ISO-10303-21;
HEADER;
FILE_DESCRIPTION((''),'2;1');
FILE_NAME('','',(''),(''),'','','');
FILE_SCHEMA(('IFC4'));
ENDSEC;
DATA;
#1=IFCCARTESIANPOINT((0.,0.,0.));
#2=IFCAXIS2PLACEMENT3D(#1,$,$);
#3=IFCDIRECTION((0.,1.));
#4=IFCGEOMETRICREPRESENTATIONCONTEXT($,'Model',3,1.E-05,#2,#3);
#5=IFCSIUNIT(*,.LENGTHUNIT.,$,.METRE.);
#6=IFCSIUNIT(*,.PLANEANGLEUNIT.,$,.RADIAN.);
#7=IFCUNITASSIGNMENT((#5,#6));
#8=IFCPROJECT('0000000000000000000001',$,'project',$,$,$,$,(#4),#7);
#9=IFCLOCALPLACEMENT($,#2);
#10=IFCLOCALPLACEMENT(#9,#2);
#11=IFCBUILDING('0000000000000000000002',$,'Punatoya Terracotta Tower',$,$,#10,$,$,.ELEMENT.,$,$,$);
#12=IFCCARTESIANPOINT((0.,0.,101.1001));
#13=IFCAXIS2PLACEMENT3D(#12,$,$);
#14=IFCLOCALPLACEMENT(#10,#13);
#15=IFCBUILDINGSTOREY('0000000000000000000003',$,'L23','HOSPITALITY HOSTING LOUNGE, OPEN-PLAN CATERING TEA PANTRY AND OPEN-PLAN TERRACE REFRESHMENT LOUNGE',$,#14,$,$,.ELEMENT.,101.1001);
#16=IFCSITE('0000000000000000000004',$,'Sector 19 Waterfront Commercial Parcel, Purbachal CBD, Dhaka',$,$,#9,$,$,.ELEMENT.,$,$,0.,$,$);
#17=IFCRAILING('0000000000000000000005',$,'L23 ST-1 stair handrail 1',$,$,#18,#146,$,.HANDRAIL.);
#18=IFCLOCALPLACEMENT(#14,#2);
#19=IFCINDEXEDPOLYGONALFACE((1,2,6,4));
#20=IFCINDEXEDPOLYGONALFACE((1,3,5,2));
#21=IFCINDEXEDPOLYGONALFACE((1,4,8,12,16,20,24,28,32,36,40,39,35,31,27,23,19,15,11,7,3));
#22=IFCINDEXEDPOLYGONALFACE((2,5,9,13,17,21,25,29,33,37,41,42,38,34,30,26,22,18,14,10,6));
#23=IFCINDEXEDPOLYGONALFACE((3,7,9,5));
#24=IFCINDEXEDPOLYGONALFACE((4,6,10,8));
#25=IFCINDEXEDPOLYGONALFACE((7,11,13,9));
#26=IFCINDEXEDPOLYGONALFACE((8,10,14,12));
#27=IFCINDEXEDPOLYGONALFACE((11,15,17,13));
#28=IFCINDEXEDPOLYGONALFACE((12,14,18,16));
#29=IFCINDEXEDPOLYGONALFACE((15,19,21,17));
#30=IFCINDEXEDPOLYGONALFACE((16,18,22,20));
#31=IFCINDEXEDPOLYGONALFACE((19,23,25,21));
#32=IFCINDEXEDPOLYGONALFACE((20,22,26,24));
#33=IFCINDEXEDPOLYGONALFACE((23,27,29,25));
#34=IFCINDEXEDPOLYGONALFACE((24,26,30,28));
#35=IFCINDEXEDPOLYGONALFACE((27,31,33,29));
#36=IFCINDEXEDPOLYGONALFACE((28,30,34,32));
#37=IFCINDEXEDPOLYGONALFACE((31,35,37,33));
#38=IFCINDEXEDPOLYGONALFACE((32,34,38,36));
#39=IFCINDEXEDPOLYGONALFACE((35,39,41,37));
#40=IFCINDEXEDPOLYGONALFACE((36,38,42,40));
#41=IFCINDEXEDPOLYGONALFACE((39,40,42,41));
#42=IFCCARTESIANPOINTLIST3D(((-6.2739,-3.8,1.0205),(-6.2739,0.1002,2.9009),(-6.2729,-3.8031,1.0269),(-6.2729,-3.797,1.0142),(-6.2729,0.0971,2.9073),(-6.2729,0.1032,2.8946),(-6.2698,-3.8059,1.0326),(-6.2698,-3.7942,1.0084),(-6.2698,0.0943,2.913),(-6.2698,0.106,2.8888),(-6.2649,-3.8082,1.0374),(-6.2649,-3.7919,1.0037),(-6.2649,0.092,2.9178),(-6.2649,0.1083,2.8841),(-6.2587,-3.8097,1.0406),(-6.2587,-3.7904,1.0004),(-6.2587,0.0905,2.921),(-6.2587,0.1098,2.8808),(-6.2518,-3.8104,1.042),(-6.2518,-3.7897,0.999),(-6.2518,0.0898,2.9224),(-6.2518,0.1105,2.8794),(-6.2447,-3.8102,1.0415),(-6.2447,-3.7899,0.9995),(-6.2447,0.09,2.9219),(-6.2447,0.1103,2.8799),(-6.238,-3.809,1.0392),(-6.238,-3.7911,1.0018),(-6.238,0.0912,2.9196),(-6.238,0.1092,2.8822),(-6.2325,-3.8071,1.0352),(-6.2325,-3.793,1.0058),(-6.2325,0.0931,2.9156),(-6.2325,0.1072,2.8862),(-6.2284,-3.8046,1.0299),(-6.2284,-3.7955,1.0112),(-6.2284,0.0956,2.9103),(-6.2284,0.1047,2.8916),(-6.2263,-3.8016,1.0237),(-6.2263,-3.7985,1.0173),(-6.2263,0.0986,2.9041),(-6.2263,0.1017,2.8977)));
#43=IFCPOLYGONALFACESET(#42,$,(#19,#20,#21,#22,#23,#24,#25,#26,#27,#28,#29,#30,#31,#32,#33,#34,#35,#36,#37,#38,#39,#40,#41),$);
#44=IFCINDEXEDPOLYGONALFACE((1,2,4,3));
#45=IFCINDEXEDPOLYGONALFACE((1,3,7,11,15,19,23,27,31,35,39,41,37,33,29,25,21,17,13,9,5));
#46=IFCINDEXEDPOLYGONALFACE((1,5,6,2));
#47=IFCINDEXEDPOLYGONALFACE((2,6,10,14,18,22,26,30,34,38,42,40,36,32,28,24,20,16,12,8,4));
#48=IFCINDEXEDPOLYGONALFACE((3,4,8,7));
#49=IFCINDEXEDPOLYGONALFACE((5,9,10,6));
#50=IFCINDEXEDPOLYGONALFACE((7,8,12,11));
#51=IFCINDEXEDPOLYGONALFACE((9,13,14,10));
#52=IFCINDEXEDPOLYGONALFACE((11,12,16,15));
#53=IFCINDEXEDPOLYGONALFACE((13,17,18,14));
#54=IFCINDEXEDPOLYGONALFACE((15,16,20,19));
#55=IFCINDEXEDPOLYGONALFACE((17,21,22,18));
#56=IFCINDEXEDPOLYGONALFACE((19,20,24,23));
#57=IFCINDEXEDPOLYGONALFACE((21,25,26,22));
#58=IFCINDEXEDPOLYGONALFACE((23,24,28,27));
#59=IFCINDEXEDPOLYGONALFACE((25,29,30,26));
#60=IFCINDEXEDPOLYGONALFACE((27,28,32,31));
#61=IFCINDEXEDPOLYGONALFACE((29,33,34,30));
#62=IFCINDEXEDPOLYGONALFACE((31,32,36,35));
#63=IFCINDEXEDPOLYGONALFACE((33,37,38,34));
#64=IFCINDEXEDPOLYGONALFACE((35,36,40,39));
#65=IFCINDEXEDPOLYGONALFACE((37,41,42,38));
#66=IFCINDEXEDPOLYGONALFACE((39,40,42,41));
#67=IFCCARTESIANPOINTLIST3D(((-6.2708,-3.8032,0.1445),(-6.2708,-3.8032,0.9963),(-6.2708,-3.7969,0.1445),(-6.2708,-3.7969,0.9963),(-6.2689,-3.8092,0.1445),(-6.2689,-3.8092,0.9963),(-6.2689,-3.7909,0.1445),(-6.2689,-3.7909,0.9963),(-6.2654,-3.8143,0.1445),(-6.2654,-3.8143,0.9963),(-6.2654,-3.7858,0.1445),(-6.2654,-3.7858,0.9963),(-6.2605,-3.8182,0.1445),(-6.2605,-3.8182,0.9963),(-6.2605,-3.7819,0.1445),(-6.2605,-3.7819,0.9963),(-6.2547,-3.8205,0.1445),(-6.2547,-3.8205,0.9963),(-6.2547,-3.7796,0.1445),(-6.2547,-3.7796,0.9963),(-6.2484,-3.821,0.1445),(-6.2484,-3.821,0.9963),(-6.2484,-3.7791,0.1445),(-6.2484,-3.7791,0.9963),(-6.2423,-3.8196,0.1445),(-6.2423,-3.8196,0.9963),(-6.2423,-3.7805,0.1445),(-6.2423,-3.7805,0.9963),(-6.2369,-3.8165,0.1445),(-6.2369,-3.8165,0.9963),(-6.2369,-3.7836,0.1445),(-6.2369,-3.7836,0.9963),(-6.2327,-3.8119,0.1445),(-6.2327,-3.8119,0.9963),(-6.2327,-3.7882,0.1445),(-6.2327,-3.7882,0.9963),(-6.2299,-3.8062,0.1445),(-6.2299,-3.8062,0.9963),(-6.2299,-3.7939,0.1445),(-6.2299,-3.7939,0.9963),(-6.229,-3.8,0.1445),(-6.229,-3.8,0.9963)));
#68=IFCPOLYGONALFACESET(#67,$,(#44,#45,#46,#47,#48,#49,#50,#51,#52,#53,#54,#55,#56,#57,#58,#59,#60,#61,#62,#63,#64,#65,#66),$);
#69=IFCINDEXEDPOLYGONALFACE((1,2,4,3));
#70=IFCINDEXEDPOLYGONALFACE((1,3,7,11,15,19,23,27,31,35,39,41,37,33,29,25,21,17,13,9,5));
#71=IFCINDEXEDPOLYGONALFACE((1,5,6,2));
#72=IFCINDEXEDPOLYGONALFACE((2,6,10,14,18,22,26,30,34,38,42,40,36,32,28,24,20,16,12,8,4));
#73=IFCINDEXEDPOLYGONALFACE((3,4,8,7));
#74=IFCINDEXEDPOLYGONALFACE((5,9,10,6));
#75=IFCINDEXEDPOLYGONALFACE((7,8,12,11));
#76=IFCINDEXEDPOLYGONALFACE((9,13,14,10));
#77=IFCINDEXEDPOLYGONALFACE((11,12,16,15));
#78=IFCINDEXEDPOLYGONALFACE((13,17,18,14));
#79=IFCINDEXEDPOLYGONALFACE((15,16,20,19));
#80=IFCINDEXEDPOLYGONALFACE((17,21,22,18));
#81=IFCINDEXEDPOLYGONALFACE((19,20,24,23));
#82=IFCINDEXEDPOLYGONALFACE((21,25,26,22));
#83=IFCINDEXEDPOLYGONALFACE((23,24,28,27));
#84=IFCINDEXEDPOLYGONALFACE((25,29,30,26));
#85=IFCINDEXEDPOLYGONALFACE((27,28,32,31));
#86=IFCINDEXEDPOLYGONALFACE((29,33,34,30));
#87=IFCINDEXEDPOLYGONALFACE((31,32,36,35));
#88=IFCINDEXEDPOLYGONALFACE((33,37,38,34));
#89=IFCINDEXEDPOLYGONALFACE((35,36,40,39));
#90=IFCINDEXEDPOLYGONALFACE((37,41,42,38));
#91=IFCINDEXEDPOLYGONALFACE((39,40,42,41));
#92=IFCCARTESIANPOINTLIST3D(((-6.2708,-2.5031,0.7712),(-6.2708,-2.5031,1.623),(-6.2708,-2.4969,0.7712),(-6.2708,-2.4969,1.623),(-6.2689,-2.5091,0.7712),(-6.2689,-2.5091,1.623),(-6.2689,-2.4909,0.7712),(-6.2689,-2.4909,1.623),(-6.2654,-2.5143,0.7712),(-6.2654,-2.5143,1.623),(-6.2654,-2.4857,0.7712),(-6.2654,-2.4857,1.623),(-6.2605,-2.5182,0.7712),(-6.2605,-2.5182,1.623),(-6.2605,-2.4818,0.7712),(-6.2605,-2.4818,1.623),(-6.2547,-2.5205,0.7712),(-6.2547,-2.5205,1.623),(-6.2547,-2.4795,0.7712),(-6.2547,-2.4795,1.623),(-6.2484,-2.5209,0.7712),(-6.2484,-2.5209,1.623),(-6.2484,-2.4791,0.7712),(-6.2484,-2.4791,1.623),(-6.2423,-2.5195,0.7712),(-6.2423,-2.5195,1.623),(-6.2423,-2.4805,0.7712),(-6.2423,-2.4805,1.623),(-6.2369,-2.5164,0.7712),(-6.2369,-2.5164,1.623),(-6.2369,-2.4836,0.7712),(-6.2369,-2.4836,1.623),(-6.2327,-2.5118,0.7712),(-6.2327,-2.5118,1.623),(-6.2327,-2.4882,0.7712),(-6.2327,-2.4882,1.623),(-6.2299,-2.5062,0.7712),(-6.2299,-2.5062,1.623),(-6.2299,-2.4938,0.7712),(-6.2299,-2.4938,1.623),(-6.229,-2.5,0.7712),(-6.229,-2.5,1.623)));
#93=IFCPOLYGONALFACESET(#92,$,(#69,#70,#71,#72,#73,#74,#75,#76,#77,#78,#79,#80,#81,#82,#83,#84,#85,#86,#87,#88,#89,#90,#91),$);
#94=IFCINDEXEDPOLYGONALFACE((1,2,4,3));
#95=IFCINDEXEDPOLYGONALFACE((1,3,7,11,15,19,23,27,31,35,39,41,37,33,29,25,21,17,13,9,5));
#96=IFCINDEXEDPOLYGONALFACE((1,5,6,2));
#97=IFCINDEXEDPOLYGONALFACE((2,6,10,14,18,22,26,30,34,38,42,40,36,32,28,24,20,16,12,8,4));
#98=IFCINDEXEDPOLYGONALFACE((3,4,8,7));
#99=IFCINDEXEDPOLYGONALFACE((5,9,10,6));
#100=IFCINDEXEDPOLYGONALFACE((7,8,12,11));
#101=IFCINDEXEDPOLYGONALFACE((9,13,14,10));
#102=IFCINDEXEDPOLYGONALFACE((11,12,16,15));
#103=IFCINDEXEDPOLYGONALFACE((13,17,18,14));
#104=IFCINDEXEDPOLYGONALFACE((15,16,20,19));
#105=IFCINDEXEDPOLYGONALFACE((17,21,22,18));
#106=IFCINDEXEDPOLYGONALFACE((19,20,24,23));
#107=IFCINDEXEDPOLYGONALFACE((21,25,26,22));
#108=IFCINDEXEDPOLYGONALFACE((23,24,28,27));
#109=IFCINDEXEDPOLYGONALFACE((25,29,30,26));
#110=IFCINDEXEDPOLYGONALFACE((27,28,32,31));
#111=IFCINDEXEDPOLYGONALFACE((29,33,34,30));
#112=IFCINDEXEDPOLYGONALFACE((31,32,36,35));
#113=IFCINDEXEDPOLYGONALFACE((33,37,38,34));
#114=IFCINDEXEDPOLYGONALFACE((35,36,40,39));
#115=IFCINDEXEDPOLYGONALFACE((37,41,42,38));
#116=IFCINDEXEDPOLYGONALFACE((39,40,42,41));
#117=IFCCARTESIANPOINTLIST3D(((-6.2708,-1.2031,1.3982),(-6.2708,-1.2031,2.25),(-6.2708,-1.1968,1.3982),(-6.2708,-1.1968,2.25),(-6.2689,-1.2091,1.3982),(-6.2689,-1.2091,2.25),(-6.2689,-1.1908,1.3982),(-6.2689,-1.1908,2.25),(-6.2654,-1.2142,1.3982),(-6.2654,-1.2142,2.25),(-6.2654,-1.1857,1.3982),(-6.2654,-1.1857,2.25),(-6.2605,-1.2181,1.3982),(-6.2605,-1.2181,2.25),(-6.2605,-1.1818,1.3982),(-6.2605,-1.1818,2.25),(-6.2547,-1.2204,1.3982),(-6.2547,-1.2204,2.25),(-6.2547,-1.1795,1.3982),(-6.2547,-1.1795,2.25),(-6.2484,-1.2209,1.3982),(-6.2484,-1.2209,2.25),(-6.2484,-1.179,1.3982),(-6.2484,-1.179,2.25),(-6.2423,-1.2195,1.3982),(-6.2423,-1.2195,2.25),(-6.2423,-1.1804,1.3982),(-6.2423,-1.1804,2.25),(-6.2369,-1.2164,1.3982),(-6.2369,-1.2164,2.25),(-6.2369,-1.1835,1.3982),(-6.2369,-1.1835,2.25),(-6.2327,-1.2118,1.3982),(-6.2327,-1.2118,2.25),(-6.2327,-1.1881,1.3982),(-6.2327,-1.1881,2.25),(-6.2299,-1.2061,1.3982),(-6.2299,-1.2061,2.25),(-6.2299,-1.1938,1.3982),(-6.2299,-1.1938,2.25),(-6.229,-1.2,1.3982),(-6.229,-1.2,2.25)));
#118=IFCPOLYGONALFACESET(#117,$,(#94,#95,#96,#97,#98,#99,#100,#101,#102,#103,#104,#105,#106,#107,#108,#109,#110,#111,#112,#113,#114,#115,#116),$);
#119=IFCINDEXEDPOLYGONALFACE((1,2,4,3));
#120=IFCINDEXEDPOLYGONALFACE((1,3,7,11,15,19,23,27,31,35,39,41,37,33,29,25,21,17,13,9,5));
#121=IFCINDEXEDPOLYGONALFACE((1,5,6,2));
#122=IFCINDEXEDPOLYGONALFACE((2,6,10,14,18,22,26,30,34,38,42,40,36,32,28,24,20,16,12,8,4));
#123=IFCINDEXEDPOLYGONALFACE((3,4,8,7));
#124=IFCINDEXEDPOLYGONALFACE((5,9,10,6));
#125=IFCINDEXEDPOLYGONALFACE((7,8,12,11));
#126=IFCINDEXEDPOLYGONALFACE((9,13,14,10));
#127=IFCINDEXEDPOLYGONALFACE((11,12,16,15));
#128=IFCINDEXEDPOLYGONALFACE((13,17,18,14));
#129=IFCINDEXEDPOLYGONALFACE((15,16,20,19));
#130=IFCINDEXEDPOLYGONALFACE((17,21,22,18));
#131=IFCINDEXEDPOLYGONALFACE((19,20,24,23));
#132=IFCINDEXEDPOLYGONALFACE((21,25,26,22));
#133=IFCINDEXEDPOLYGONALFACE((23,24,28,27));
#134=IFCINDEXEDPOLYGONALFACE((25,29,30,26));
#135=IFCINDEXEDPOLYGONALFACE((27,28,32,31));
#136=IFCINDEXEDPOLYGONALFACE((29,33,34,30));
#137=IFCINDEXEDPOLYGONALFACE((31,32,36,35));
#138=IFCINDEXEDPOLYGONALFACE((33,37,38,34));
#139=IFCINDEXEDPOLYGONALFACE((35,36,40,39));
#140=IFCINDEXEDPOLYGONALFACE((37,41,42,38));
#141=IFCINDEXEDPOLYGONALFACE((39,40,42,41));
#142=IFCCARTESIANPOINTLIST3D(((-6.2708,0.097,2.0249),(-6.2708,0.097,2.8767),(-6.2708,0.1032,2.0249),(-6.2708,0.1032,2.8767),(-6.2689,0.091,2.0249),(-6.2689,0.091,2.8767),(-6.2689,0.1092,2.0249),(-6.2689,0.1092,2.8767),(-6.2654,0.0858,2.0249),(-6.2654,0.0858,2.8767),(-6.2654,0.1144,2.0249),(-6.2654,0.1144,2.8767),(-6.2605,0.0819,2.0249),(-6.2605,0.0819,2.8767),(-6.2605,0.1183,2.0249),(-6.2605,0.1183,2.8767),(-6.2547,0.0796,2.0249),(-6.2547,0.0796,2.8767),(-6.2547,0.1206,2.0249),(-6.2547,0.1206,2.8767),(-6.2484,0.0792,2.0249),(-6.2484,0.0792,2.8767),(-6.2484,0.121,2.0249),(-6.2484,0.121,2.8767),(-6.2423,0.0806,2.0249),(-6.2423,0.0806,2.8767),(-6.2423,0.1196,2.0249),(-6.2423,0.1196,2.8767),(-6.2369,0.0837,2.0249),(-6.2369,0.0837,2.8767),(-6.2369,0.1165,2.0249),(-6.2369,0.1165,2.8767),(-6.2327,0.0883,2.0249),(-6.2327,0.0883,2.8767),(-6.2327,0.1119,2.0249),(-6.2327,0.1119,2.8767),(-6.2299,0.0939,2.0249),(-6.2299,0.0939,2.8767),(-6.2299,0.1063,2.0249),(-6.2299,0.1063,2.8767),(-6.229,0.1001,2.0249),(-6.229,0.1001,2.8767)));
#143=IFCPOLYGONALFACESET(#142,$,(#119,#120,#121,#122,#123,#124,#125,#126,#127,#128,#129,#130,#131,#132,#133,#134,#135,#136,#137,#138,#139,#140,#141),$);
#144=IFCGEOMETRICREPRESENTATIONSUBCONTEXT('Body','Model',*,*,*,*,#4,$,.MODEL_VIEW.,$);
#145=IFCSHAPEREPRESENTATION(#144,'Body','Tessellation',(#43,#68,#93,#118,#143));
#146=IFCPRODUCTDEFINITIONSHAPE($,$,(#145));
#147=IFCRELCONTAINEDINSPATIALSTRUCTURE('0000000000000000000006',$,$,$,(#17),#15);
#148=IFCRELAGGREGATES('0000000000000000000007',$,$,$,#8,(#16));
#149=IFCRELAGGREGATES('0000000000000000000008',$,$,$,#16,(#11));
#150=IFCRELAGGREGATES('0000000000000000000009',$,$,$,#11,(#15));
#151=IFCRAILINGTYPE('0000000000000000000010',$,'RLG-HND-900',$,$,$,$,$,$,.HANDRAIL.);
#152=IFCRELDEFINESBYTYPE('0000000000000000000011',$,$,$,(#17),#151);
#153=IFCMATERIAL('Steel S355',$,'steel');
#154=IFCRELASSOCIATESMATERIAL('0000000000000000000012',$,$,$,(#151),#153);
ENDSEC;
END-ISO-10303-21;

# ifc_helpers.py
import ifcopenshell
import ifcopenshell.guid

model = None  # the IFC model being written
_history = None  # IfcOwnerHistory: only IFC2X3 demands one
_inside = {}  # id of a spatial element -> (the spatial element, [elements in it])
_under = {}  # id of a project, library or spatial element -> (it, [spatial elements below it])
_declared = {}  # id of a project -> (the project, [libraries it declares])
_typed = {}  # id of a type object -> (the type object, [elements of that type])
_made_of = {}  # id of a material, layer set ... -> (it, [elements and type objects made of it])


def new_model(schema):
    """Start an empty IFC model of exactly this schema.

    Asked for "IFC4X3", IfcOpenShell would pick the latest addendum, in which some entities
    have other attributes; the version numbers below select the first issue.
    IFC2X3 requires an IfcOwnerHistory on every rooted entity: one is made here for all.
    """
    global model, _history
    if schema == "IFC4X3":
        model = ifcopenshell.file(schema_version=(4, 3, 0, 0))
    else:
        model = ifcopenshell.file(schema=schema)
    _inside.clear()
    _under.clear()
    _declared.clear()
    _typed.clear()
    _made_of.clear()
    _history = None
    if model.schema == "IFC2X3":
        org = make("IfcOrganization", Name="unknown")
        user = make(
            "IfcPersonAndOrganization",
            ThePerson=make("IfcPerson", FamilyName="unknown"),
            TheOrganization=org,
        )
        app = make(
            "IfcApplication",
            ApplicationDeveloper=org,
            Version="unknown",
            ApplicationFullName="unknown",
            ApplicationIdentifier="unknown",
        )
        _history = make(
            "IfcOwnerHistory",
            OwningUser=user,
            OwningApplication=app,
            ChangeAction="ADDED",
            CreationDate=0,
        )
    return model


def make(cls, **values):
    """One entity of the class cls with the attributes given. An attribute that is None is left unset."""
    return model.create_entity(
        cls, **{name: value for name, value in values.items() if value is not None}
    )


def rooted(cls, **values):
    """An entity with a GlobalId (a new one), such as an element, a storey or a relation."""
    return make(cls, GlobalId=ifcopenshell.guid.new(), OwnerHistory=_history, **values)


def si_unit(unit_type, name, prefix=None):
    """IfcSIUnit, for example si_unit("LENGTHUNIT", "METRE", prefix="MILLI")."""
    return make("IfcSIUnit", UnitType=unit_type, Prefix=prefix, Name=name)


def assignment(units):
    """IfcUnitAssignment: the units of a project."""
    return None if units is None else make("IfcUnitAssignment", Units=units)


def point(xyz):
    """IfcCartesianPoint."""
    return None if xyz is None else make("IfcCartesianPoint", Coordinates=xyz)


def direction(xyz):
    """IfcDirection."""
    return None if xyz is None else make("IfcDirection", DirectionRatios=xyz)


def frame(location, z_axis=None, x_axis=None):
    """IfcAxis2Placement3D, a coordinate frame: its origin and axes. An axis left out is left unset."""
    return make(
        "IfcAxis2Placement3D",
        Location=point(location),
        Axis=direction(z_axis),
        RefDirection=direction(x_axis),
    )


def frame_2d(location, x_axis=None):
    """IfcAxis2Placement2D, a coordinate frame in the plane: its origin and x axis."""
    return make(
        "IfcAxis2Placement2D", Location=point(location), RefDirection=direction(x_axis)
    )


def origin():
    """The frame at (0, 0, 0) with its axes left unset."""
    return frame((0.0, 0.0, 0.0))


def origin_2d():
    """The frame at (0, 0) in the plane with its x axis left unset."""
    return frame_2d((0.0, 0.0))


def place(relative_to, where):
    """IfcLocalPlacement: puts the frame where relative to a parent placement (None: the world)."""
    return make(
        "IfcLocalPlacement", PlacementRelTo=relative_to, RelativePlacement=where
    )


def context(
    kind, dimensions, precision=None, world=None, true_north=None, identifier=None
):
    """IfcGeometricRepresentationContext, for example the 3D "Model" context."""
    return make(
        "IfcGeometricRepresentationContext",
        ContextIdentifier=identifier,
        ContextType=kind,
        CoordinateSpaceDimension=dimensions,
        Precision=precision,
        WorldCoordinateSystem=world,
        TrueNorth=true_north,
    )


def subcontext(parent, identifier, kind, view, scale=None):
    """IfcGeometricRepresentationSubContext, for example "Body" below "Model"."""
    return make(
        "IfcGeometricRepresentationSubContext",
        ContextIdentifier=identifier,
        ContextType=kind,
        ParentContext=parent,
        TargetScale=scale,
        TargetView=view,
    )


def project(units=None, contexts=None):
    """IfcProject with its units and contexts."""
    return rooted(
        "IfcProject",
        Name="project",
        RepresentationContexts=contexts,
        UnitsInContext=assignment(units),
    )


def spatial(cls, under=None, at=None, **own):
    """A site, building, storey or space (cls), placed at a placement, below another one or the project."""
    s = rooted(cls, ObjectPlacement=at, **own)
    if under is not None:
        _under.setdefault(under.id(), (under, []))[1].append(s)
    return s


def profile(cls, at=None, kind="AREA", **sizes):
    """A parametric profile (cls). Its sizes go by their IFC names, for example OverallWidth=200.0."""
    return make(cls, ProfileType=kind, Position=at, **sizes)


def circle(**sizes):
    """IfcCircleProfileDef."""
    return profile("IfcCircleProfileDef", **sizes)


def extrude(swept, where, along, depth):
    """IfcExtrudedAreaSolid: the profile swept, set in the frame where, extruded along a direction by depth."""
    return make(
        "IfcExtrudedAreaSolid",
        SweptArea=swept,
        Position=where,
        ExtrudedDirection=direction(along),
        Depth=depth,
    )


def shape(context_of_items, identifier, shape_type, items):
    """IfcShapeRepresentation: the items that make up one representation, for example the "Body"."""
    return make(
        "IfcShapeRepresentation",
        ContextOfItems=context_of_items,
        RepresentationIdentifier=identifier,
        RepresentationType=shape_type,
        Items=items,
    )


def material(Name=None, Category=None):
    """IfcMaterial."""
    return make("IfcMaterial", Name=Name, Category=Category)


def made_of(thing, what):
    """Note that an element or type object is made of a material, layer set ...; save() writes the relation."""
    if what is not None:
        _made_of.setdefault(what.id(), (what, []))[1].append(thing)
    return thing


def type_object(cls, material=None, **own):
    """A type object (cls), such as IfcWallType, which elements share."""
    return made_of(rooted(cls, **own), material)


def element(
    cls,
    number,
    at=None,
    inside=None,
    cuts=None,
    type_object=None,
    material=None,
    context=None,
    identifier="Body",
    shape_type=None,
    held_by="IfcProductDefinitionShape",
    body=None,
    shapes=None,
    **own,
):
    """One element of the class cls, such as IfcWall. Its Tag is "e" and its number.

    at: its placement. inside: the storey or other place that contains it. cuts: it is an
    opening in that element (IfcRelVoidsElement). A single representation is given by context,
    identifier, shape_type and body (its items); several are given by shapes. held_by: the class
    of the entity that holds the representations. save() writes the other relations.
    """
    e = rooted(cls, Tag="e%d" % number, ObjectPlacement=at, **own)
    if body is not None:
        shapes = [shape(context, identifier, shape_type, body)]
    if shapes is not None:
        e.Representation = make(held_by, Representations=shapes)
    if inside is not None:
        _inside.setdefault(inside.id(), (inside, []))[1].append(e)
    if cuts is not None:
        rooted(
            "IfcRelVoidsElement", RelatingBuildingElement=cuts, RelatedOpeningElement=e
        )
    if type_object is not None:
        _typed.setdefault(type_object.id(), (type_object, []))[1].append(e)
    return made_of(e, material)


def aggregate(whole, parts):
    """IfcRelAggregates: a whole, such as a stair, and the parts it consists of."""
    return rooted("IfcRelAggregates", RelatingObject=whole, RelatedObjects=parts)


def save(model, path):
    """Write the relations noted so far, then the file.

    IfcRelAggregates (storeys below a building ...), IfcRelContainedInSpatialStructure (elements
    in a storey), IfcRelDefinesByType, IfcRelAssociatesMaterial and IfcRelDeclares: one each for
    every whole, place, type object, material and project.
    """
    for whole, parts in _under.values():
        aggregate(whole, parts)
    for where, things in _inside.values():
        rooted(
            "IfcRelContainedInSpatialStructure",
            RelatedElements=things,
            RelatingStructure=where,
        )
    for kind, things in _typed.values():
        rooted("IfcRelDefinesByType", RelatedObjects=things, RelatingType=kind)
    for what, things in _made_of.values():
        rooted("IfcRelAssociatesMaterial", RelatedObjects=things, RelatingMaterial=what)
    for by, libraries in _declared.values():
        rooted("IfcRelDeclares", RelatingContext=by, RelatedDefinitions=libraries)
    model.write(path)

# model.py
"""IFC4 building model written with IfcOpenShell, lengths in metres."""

from ifc_helpers import new_model, si_unit, direction, frame, origin, origin_2d, place, context, subcontext, project, spatial, circle, extrude, material, type_object, element, save


model = new_model("IFC4")

# Units and contexts
model_context = context("Model", 3, precision=1e-05, world=origin(), true_north=direction((0.0, 1.0)))
body_context = subcontext(model_context, "Body", "Model", "MODEL_VIEW")
ifc_project = project(units=[si_unit("LENGTHUNIT", "METRE"), si_unit("PLANEANGLEUNIT", "RADIAN")], contexts=[model_context])

# Site, building, storey
site_placement = place(None, origin())
site = spatial("IfcSite", under=ifc_project, at=site_placement, Name="Sector 19 Waterfront Commercial Parcel, Purbachal CBD, Dhaka", CompositionType="ELEMENT", RefElevation=0.0)
building_placement = place(site_placement, origin())
building = spatial("IfcBuilding", under=site, at=building_placement, Name="Punatoya Terracotta Tower", CompositionType="ELEMENT")
storey_placement = place(building_placement, frame((0.0, 0.0, 101.1001)))
storey = spatial("IfcBuildingStorey", under=building, at=storey_placement, Name="L23", Description="HOSPITALITY HOSTING LOUNGE, OPEN-PLAN CATERING TEA PANTRY AND OPEN-PLAN TERRACE REFRESHMENT LOUNGE", CompositionType="ELEMENT", Elevation=101.1001)

# Shared definitions
ifc_material_1 = material(Name="Steel S355", Category="steel")

# Railing
railing_type_1 = type_object("IfcRailingType", Name="RLG-HND-900", PredefinedType="HANDRAIL", material=ifc_material_1)
railing_1_placement = place(storey_placement, frame((-6.25, -3.8, 0.1445)))
element("IfcRailing", 1, at=railing_1_placement, inside=storey, type_object=railing_type_1, Name="L23 ST-1 stair handrail 1", PredefinedType="HANDRAIL", context=body_context, shape_type="SweptSolid", body=[
    extrude(circle(Radius=0.0239, at=origin_2d()), frame((0.0, 0.0, 0.876), z_axis=(0.0, 0.900774, 0.434289), x_axis=(-1.0, 0.0, 0.0)), (0.0, 0.0, 1.0), 4.3298),
    extrude(circle(Radius=0.021, at=origin_2d()), origin(), (0.0, 0.0, 1.0), 0.8518),
    extrude(circle(Radius=0.021, at=origin_2d()), frame((0.0, 1.3, 0.6267)), (0.0, 0.0, 1.0), 0.8518),
    extrude(circle(Radius=0.021, at=origin_2d()), frame((0.0, 2.6001, 1.2537)), (0.0, 0.0, 1.0), 0.8518),
    extrude(circle(Radius=0.021, at=origin_2d()), frame((0.0, 3.9001, 1.8804)), (0.0, 0.0, 1.0), 0.8518),
])

save(model, "model.ifc")
